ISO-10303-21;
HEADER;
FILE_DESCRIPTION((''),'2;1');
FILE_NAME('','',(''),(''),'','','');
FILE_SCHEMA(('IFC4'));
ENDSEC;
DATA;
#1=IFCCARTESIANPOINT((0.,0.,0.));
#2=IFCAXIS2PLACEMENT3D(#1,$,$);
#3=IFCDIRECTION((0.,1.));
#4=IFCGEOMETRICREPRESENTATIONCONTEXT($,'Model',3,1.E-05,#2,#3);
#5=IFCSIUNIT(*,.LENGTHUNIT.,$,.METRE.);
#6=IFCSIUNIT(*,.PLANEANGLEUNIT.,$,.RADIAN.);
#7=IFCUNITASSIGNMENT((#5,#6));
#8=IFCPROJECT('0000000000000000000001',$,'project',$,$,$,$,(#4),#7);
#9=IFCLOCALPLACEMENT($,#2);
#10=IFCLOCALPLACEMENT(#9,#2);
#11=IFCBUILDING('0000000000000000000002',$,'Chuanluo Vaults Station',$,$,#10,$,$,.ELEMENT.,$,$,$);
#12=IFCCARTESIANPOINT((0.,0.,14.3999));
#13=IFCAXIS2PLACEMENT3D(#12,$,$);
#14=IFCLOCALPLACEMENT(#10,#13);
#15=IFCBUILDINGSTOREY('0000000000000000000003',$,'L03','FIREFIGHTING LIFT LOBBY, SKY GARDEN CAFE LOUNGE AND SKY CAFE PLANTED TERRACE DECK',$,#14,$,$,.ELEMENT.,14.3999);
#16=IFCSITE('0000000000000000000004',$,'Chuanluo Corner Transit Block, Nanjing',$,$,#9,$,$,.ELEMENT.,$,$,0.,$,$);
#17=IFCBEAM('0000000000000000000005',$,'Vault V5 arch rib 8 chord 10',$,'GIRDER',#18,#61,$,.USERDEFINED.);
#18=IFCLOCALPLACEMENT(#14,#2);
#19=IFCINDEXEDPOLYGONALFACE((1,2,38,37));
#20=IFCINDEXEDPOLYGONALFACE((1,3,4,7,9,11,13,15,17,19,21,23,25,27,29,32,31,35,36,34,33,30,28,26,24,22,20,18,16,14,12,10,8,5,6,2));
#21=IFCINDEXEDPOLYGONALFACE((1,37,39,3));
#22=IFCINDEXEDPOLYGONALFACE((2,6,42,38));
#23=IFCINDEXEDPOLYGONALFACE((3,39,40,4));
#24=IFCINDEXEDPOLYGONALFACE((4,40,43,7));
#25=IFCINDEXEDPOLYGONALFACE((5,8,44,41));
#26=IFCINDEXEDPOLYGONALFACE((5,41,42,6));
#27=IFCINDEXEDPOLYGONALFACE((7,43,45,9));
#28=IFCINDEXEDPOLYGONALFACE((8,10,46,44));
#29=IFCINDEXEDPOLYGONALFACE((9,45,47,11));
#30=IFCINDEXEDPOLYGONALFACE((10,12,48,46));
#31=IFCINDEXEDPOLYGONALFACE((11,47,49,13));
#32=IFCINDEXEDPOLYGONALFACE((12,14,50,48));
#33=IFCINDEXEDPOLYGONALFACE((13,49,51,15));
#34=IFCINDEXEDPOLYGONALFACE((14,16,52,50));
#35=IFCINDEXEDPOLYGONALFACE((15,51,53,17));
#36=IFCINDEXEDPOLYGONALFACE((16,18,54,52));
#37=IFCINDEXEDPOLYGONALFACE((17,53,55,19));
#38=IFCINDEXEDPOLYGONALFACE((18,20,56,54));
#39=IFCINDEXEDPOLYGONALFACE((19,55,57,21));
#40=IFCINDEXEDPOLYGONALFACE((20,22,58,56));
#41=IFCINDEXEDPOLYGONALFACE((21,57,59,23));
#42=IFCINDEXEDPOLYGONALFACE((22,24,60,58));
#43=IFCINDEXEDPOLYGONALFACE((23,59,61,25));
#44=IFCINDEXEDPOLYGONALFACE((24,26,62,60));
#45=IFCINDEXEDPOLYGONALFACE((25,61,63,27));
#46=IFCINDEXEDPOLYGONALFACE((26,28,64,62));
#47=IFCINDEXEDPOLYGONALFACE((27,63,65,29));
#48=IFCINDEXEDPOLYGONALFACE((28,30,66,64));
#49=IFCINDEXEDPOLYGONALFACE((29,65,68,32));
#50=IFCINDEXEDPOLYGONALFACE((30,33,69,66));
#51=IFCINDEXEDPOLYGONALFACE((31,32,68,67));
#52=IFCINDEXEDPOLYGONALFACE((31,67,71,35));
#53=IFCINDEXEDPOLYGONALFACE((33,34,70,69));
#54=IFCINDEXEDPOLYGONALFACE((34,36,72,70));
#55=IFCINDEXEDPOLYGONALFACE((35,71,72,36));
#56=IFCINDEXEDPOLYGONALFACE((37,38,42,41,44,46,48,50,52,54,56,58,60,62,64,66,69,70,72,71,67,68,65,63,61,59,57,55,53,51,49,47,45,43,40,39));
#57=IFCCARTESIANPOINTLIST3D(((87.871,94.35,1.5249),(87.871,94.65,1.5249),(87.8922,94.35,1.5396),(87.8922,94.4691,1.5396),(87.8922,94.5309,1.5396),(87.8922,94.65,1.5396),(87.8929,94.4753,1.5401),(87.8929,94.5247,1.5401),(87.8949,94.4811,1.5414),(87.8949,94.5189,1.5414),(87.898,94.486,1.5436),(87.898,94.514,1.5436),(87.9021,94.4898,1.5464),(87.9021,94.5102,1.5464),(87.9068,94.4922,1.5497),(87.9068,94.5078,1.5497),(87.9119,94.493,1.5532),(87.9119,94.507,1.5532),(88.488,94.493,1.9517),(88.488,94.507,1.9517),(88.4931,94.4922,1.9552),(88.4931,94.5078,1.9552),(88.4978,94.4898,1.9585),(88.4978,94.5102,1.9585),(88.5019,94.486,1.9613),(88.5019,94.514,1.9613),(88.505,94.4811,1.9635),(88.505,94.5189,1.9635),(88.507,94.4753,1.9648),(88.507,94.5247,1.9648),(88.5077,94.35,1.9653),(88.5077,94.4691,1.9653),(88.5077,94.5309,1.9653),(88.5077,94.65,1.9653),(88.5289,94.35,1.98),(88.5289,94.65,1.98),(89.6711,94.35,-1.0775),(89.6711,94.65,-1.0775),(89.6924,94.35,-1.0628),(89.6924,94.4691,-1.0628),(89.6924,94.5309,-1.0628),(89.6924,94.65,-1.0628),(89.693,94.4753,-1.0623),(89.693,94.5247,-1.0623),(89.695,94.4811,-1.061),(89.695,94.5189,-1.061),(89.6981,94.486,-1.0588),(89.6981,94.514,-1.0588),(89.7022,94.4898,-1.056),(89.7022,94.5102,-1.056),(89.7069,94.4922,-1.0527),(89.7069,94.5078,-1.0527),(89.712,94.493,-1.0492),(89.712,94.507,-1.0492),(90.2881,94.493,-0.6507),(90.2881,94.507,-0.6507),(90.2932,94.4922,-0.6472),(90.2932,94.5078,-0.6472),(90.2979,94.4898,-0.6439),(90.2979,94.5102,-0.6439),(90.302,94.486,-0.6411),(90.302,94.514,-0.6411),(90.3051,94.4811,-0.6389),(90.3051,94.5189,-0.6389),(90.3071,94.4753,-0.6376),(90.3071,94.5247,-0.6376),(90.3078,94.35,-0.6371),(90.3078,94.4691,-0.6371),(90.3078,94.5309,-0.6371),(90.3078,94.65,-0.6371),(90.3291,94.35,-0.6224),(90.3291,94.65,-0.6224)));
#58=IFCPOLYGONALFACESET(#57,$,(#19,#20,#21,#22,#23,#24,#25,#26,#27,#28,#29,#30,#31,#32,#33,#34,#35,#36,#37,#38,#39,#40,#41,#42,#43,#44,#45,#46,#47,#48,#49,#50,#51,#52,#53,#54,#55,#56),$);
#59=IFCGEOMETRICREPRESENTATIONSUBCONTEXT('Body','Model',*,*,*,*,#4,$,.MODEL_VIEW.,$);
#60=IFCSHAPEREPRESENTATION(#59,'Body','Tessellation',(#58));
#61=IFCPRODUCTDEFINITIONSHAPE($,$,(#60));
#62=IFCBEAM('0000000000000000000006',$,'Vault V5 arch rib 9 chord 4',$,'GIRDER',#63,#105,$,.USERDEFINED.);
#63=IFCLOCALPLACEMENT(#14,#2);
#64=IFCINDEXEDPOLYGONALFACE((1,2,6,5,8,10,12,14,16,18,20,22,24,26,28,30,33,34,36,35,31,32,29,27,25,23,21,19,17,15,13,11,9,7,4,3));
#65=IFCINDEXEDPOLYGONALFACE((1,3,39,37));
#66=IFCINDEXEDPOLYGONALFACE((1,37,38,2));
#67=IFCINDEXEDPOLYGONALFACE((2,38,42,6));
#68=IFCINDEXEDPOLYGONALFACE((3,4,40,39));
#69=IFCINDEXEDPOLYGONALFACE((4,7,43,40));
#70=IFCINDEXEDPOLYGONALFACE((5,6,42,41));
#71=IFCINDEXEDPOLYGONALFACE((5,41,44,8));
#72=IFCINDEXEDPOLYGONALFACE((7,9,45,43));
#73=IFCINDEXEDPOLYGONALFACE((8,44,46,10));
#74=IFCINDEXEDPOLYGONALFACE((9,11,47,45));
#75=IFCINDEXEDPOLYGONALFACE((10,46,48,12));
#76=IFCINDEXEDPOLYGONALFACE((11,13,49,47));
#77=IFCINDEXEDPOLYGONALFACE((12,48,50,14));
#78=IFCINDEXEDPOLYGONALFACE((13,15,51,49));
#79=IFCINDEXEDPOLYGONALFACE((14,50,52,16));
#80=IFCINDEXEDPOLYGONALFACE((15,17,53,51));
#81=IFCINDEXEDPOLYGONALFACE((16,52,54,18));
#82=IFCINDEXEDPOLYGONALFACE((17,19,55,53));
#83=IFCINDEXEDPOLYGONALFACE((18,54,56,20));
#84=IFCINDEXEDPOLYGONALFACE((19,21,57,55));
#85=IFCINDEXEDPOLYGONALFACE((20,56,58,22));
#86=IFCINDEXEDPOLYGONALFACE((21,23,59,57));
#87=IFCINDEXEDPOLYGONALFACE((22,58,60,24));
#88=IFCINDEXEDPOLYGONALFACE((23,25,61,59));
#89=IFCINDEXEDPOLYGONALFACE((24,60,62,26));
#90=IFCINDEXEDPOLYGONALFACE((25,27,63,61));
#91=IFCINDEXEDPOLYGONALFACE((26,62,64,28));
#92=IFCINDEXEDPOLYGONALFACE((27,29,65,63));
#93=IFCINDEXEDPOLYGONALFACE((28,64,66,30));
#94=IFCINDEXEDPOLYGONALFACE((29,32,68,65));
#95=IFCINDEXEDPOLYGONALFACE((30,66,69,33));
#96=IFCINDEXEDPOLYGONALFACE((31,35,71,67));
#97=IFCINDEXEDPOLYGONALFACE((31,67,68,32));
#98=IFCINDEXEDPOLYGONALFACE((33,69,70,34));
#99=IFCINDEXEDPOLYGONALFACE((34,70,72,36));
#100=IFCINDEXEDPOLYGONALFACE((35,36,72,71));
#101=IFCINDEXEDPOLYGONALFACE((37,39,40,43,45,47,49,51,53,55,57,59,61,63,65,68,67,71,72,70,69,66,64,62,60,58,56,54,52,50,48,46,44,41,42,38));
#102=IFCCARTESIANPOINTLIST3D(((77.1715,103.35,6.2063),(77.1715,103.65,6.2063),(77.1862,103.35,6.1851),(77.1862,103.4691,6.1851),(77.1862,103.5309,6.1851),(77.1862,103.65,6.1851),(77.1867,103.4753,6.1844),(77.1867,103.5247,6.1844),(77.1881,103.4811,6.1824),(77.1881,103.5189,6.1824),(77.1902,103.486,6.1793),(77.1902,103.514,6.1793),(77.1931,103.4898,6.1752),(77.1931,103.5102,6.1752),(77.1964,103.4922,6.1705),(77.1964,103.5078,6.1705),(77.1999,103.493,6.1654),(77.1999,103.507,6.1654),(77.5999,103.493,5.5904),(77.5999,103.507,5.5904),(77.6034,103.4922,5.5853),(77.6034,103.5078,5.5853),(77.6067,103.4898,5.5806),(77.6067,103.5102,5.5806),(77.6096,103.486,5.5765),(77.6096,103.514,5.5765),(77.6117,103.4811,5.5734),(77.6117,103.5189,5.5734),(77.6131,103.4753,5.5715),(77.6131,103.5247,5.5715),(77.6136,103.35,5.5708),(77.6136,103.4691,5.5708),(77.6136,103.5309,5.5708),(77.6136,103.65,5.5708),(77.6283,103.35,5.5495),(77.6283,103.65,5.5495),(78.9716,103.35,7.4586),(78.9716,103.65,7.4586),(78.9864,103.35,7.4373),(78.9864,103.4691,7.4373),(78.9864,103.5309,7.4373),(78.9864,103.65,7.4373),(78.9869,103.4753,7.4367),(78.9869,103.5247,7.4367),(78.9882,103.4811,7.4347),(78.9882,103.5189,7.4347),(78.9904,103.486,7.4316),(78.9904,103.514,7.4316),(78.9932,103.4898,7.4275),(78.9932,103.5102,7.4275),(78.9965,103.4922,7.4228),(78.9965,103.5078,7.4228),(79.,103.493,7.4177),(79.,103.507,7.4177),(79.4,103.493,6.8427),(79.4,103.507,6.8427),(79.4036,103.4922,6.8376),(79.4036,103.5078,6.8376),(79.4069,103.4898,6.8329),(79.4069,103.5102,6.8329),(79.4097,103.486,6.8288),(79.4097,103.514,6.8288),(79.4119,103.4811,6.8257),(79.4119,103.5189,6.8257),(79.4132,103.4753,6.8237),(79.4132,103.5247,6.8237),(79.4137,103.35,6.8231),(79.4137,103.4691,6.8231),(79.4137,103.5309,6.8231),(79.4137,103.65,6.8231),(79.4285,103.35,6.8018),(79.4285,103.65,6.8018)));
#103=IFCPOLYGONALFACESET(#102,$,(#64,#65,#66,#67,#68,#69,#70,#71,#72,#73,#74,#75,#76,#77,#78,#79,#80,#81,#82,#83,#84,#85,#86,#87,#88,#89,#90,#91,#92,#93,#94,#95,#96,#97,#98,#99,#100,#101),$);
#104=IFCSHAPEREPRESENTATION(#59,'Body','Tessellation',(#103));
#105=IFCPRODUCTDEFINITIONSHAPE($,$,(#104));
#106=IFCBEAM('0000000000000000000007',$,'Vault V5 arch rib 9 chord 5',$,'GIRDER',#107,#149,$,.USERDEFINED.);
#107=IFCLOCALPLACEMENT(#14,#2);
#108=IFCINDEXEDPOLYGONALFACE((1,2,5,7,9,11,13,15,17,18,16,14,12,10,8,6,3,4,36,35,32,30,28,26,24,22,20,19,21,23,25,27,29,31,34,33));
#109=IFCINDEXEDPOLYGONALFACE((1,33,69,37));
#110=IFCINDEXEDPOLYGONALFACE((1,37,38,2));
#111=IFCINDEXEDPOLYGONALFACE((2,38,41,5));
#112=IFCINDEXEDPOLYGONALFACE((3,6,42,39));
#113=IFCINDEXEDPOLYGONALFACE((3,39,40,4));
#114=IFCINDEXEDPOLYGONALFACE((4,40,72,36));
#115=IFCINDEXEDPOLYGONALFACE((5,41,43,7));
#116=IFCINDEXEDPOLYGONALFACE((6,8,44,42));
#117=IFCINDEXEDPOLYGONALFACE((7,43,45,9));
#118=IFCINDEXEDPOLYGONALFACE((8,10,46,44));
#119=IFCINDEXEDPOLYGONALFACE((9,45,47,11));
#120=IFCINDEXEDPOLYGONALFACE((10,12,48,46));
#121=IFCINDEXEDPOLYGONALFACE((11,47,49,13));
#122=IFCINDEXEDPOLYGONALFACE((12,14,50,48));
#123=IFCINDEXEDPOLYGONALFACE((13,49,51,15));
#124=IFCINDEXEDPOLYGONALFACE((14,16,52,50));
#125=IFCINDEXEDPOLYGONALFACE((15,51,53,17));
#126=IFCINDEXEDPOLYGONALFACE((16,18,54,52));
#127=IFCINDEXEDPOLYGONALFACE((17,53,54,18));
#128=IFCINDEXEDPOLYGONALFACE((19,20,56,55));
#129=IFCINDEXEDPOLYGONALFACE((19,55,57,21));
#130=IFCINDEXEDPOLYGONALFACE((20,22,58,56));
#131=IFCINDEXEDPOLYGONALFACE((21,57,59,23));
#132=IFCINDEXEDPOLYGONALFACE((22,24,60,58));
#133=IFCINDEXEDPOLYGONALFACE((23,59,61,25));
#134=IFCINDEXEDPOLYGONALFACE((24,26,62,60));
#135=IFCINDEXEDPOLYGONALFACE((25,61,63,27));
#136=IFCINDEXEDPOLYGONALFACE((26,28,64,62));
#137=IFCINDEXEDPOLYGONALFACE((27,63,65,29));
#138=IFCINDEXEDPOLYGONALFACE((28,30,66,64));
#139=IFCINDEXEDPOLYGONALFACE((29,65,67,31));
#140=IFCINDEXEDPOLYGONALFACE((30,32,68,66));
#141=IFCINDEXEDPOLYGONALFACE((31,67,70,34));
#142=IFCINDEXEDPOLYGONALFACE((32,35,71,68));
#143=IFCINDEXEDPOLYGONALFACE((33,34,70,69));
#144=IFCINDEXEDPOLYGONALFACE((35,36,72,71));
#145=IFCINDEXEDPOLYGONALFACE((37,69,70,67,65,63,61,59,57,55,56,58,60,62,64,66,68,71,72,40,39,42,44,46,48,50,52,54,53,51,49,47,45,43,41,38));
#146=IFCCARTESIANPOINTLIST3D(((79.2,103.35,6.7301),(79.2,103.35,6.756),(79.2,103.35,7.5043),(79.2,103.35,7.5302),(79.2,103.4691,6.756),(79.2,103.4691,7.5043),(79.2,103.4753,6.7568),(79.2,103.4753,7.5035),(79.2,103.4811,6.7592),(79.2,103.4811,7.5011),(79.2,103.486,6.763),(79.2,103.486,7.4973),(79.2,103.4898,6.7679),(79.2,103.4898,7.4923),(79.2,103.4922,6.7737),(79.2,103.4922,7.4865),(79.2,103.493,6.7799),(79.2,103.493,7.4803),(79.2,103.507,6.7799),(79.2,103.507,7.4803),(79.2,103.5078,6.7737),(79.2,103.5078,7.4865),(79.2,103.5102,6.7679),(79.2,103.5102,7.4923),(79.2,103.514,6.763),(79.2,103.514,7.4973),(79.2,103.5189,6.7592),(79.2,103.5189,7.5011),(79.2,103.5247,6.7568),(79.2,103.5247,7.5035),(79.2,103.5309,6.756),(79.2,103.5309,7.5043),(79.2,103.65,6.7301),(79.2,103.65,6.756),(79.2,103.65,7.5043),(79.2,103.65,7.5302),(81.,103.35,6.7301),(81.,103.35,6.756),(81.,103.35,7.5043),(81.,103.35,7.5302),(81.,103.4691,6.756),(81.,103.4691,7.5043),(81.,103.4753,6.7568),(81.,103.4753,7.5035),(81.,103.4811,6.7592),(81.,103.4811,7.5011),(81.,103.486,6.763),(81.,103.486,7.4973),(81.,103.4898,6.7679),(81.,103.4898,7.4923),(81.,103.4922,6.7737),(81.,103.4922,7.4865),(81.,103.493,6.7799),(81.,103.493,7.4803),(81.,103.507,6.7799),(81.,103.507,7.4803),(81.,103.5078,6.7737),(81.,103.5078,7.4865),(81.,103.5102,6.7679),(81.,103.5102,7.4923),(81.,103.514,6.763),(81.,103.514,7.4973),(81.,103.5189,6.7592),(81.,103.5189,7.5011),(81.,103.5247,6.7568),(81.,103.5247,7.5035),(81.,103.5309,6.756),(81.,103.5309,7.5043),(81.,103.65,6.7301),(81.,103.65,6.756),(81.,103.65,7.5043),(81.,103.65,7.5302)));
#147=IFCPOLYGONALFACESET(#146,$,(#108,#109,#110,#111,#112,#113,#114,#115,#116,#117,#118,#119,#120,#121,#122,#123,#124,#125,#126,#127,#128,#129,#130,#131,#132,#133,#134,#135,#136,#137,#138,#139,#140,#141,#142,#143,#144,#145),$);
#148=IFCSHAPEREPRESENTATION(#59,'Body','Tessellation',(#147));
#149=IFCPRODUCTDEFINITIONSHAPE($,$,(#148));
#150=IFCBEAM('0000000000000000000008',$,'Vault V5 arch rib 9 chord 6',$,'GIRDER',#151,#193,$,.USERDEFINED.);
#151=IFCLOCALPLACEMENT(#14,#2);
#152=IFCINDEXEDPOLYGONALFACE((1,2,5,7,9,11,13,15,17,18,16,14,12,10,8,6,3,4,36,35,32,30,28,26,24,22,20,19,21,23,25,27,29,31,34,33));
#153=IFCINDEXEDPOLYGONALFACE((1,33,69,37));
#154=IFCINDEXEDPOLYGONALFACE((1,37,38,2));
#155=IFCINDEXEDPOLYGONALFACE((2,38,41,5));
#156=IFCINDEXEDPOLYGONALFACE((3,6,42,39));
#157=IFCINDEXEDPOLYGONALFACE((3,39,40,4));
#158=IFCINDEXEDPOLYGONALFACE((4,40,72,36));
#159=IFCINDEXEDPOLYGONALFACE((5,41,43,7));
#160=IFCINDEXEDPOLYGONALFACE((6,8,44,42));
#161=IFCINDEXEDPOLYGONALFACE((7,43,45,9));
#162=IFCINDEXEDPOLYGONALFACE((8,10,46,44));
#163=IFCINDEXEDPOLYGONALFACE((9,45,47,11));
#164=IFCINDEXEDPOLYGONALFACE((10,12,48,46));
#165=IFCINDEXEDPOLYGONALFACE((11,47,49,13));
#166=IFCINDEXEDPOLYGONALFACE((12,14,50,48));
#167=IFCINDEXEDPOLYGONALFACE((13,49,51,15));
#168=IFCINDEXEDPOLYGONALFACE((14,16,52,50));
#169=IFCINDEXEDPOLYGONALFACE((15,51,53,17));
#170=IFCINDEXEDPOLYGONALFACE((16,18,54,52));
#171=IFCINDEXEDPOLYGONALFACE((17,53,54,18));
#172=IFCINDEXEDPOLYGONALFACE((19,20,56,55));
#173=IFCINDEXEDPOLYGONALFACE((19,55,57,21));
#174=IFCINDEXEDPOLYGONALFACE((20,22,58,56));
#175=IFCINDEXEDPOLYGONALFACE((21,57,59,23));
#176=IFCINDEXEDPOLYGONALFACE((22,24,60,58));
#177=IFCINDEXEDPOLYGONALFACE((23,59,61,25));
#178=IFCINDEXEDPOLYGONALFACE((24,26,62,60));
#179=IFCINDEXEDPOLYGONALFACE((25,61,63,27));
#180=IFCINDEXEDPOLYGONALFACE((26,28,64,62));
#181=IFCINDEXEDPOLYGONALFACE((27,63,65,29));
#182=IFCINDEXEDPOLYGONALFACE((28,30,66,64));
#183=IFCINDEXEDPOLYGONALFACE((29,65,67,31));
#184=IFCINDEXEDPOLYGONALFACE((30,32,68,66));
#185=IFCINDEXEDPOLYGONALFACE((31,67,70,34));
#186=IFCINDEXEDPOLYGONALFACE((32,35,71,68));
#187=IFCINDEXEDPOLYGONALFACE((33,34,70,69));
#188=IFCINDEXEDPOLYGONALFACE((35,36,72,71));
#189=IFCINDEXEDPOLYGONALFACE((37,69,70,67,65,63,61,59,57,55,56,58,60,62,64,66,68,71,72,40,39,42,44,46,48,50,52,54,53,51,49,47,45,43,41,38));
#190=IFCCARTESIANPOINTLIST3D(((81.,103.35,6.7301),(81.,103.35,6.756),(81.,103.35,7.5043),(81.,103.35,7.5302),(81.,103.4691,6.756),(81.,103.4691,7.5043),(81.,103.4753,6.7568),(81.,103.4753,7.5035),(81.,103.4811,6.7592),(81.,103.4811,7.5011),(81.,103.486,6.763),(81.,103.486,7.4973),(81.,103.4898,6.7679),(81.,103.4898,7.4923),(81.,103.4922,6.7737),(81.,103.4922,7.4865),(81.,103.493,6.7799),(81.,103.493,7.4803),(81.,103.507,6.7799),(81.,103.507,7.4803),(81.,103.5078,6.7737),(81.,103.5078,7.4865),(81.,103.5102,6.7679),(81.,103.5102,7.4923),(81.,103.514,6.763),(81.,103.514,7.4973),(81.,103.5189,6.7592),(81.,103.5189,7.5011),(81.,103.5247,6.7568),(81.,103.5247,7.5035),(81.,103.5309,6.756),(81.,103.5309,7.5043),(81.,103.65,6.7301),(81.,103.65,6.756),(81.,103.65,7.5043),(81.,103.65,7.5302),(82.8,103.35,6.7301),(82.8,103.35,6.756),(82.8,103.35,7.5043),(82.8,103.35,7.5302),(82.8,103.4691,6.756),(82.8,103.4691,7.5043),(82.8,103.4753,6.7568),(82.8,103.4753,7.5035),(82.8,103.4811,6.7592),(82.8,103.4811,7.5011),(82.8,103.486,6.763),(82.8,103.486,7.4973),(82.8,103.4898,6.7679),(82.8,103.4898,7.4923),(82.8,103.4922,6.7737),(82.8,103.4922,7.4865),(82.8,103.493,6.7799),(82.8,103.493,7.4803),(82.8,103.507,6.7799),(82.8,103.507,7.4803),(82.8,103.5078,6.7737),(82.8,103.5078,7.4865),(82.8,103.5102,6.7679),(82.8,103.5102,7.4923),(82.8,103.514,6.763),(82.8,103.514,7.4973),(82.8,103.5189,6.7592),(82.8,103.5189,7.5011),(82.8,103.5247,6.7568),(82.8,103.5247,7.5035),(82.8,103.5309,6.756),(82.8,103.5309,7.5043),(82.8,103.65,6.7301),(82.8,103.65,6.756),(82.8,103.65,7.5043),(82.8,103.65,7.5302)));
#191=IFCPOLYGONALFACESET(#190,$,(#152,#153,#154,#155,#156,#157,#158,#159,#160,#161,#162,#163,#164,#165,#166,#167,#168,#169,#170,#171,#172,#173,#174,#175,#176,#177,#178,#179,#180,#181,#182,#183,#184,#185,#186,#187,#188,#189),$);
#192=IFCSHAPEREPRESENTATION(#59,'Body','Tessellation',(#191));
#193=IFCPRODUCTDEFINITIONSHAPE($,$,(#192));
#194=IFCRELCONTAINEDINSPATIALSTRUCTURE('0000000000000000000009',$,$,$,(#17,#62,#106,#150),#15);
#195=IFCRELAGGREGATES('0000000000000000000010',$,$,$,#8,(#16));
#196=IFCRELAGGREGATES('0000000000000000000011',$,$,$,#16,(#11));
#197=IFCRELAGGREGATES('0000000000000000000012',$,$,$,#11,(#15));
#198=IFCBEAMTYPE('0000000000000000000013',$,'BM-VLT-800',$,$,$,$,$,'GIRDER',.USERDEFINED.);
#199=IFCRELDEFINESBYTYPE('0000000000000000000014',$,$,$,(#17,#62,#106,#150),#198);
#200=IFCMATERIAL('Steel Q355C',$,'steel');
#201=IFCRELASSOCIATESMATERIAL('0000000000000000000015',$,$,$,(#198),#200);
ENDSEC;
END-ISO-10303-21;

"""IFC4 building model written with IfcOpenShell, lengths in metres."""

from ifc_helpers import new_model, si_unit, direction, frame, origin, origin_2d, place, context, subcontext, project, spatial, i_section, extrude, material, material_profile, profile_set, type_object, element, save


model = new_model("IFC4")

# Units and contexts
model_context = context("Model", 3, precision=1e-05, world=origin(), true_north=direction((0.0, 1.0)))
body_context = subcontext(model_context, "Body", "Model", "MODEL_VIEW")
ifc_project = project(units=[si_unit("LENGTHUNIT", "METRE"), si_unit("PLANEANGLEUNIT", "RADIAN")], contexts=[model_context])

# Site, building, storey
site_placement = place(None, origin())
site = spatial("IfcSite", under=ifc_project, at=site_placement, Name="Chuanluo Corner Transit Block, Nanjing", CompositionType="ELEMENT", RefElevation=0.0)
building_placement = place(site_placement, origin())
building = spatial("IfcBuilding", under=site, at=building_placement, Name="Chuanluo Vaults Station", CompositionType="ELEMENT")
storey_placement = place(building_placement, frame((0.0, 0.0, 14.3999)))
storey = spatial("IfcBuildingStorey", under=building, at=storey_placement, Name="L03", Description="FIREFIGHTING LIFT LOBBY, SKY GARDEN CAFE LOUNGE AND SKY CAFE PLANTED TERRACE DECK", CompositionType="ELEMENT", Elevation=14.3999)

# Beams
ifc_material_1 = material(Name="Steel Q355C", Category="steel")
ifc_material_profile_1 = material_profile(ifc_material_1, i_section(OverallWidth=0.3, OverallDepth=0.8, WebThickness=0.0139, FlangeThickness=0.0259, FilletRadius=0.0239, at=origin_2d()))
ifc_profile_set_1 = profile_set([ifc_material_profile_1], Name="Steel Q355C")
beam_type_1 = type_object("IfcBeamType", Name="BM-VLT-800", ElementType="GIRDER", PredefinedType="USERDEFINED", material=ifc_profile_set_1)
beam_1_placement = place(storey_placement, frame((88.2, 94.5, 1.7524), z_axis=(0.568881, 0.0, -0.82242), x_axis=(0.0, 1.0, 0.0)))
element("IfcBeam", 1, at=beam_1_placement, inside=storey, type_object=beam_type_1, Name="Vault V5 arch rib 8 chord 10", ObjectType="GIRDER", PredefinedType="USERDEFINED", context=body_context, shape_type="SweptSolid", body=[
    extrude(i_section(OverallWidth=0.3, OverallDepth=0.8, WebThickness=0.0139, FlangeThickness=0.0259, FilletRadius=0.0239, at=origin_2d()), origin(), (0.0, 0.0, 1.0), 3.1643),
])
beam_2_placement = place(storey_placement, frame((77.3999, 103.5, 5.8779), z_axis=(0.820907, 0.0, 0.571061), x_axis=(0.0, 1.0, 0.0)))
element("IfcBeam", 2, at=beam_2_placement, inside=storey, type_object=beam_type_1, Name="Vault V5 arch rib 9 chord 4", ObjectType="GIRDER", PredefinedType="USERDEFINED", context=body_context, shape_type="SweptSolid", body=[
    extrude(i_section(OverallWidth=0.3, OverallDepth=0.8, WebThickness=0.0139, FlangeThickness=0.0259, FilletRadius=0.0239, at=origin_2d()), origin(), (0.0, 0.0, 1.0), 2.1929),
])
for number, where, z_axis, x_axis, name in (
    (3, (79.2, 103.5, 7.1301), (1.0, 0.0, 0.0), (0.0, 1.0, 0.0), "Vault V5 arch rib 9 chord 5"),
    (4, (81.0, 103.5, 7.1301), (1.0, 0.0, 0.0), (0.0, 1.0, 0.0), "Vault V5 arch rib 9 chord 6"),
):
    element("IfcBeam", number, at=place(storey_placement, frame(where, z_axis=z_axis, x_axis=x_axis)), inside=storey, type_object=beam_type_1, Name=name, ObjectType="GIRDER", PredefinedType="USERDEFINED", context=body_context, shape_type="SweptSolid", body=[
        extrude(i_section(OverallWidth=0.3, OverallDepth=0.8, WebThickness=0.0139, FlangeThickness=0.0259, FilletRadius=0.0239, at=origin_2d()), origin(), (0.0, 0.0, 1.0), 1.8),
    ])

save(model, "model.ifc")
